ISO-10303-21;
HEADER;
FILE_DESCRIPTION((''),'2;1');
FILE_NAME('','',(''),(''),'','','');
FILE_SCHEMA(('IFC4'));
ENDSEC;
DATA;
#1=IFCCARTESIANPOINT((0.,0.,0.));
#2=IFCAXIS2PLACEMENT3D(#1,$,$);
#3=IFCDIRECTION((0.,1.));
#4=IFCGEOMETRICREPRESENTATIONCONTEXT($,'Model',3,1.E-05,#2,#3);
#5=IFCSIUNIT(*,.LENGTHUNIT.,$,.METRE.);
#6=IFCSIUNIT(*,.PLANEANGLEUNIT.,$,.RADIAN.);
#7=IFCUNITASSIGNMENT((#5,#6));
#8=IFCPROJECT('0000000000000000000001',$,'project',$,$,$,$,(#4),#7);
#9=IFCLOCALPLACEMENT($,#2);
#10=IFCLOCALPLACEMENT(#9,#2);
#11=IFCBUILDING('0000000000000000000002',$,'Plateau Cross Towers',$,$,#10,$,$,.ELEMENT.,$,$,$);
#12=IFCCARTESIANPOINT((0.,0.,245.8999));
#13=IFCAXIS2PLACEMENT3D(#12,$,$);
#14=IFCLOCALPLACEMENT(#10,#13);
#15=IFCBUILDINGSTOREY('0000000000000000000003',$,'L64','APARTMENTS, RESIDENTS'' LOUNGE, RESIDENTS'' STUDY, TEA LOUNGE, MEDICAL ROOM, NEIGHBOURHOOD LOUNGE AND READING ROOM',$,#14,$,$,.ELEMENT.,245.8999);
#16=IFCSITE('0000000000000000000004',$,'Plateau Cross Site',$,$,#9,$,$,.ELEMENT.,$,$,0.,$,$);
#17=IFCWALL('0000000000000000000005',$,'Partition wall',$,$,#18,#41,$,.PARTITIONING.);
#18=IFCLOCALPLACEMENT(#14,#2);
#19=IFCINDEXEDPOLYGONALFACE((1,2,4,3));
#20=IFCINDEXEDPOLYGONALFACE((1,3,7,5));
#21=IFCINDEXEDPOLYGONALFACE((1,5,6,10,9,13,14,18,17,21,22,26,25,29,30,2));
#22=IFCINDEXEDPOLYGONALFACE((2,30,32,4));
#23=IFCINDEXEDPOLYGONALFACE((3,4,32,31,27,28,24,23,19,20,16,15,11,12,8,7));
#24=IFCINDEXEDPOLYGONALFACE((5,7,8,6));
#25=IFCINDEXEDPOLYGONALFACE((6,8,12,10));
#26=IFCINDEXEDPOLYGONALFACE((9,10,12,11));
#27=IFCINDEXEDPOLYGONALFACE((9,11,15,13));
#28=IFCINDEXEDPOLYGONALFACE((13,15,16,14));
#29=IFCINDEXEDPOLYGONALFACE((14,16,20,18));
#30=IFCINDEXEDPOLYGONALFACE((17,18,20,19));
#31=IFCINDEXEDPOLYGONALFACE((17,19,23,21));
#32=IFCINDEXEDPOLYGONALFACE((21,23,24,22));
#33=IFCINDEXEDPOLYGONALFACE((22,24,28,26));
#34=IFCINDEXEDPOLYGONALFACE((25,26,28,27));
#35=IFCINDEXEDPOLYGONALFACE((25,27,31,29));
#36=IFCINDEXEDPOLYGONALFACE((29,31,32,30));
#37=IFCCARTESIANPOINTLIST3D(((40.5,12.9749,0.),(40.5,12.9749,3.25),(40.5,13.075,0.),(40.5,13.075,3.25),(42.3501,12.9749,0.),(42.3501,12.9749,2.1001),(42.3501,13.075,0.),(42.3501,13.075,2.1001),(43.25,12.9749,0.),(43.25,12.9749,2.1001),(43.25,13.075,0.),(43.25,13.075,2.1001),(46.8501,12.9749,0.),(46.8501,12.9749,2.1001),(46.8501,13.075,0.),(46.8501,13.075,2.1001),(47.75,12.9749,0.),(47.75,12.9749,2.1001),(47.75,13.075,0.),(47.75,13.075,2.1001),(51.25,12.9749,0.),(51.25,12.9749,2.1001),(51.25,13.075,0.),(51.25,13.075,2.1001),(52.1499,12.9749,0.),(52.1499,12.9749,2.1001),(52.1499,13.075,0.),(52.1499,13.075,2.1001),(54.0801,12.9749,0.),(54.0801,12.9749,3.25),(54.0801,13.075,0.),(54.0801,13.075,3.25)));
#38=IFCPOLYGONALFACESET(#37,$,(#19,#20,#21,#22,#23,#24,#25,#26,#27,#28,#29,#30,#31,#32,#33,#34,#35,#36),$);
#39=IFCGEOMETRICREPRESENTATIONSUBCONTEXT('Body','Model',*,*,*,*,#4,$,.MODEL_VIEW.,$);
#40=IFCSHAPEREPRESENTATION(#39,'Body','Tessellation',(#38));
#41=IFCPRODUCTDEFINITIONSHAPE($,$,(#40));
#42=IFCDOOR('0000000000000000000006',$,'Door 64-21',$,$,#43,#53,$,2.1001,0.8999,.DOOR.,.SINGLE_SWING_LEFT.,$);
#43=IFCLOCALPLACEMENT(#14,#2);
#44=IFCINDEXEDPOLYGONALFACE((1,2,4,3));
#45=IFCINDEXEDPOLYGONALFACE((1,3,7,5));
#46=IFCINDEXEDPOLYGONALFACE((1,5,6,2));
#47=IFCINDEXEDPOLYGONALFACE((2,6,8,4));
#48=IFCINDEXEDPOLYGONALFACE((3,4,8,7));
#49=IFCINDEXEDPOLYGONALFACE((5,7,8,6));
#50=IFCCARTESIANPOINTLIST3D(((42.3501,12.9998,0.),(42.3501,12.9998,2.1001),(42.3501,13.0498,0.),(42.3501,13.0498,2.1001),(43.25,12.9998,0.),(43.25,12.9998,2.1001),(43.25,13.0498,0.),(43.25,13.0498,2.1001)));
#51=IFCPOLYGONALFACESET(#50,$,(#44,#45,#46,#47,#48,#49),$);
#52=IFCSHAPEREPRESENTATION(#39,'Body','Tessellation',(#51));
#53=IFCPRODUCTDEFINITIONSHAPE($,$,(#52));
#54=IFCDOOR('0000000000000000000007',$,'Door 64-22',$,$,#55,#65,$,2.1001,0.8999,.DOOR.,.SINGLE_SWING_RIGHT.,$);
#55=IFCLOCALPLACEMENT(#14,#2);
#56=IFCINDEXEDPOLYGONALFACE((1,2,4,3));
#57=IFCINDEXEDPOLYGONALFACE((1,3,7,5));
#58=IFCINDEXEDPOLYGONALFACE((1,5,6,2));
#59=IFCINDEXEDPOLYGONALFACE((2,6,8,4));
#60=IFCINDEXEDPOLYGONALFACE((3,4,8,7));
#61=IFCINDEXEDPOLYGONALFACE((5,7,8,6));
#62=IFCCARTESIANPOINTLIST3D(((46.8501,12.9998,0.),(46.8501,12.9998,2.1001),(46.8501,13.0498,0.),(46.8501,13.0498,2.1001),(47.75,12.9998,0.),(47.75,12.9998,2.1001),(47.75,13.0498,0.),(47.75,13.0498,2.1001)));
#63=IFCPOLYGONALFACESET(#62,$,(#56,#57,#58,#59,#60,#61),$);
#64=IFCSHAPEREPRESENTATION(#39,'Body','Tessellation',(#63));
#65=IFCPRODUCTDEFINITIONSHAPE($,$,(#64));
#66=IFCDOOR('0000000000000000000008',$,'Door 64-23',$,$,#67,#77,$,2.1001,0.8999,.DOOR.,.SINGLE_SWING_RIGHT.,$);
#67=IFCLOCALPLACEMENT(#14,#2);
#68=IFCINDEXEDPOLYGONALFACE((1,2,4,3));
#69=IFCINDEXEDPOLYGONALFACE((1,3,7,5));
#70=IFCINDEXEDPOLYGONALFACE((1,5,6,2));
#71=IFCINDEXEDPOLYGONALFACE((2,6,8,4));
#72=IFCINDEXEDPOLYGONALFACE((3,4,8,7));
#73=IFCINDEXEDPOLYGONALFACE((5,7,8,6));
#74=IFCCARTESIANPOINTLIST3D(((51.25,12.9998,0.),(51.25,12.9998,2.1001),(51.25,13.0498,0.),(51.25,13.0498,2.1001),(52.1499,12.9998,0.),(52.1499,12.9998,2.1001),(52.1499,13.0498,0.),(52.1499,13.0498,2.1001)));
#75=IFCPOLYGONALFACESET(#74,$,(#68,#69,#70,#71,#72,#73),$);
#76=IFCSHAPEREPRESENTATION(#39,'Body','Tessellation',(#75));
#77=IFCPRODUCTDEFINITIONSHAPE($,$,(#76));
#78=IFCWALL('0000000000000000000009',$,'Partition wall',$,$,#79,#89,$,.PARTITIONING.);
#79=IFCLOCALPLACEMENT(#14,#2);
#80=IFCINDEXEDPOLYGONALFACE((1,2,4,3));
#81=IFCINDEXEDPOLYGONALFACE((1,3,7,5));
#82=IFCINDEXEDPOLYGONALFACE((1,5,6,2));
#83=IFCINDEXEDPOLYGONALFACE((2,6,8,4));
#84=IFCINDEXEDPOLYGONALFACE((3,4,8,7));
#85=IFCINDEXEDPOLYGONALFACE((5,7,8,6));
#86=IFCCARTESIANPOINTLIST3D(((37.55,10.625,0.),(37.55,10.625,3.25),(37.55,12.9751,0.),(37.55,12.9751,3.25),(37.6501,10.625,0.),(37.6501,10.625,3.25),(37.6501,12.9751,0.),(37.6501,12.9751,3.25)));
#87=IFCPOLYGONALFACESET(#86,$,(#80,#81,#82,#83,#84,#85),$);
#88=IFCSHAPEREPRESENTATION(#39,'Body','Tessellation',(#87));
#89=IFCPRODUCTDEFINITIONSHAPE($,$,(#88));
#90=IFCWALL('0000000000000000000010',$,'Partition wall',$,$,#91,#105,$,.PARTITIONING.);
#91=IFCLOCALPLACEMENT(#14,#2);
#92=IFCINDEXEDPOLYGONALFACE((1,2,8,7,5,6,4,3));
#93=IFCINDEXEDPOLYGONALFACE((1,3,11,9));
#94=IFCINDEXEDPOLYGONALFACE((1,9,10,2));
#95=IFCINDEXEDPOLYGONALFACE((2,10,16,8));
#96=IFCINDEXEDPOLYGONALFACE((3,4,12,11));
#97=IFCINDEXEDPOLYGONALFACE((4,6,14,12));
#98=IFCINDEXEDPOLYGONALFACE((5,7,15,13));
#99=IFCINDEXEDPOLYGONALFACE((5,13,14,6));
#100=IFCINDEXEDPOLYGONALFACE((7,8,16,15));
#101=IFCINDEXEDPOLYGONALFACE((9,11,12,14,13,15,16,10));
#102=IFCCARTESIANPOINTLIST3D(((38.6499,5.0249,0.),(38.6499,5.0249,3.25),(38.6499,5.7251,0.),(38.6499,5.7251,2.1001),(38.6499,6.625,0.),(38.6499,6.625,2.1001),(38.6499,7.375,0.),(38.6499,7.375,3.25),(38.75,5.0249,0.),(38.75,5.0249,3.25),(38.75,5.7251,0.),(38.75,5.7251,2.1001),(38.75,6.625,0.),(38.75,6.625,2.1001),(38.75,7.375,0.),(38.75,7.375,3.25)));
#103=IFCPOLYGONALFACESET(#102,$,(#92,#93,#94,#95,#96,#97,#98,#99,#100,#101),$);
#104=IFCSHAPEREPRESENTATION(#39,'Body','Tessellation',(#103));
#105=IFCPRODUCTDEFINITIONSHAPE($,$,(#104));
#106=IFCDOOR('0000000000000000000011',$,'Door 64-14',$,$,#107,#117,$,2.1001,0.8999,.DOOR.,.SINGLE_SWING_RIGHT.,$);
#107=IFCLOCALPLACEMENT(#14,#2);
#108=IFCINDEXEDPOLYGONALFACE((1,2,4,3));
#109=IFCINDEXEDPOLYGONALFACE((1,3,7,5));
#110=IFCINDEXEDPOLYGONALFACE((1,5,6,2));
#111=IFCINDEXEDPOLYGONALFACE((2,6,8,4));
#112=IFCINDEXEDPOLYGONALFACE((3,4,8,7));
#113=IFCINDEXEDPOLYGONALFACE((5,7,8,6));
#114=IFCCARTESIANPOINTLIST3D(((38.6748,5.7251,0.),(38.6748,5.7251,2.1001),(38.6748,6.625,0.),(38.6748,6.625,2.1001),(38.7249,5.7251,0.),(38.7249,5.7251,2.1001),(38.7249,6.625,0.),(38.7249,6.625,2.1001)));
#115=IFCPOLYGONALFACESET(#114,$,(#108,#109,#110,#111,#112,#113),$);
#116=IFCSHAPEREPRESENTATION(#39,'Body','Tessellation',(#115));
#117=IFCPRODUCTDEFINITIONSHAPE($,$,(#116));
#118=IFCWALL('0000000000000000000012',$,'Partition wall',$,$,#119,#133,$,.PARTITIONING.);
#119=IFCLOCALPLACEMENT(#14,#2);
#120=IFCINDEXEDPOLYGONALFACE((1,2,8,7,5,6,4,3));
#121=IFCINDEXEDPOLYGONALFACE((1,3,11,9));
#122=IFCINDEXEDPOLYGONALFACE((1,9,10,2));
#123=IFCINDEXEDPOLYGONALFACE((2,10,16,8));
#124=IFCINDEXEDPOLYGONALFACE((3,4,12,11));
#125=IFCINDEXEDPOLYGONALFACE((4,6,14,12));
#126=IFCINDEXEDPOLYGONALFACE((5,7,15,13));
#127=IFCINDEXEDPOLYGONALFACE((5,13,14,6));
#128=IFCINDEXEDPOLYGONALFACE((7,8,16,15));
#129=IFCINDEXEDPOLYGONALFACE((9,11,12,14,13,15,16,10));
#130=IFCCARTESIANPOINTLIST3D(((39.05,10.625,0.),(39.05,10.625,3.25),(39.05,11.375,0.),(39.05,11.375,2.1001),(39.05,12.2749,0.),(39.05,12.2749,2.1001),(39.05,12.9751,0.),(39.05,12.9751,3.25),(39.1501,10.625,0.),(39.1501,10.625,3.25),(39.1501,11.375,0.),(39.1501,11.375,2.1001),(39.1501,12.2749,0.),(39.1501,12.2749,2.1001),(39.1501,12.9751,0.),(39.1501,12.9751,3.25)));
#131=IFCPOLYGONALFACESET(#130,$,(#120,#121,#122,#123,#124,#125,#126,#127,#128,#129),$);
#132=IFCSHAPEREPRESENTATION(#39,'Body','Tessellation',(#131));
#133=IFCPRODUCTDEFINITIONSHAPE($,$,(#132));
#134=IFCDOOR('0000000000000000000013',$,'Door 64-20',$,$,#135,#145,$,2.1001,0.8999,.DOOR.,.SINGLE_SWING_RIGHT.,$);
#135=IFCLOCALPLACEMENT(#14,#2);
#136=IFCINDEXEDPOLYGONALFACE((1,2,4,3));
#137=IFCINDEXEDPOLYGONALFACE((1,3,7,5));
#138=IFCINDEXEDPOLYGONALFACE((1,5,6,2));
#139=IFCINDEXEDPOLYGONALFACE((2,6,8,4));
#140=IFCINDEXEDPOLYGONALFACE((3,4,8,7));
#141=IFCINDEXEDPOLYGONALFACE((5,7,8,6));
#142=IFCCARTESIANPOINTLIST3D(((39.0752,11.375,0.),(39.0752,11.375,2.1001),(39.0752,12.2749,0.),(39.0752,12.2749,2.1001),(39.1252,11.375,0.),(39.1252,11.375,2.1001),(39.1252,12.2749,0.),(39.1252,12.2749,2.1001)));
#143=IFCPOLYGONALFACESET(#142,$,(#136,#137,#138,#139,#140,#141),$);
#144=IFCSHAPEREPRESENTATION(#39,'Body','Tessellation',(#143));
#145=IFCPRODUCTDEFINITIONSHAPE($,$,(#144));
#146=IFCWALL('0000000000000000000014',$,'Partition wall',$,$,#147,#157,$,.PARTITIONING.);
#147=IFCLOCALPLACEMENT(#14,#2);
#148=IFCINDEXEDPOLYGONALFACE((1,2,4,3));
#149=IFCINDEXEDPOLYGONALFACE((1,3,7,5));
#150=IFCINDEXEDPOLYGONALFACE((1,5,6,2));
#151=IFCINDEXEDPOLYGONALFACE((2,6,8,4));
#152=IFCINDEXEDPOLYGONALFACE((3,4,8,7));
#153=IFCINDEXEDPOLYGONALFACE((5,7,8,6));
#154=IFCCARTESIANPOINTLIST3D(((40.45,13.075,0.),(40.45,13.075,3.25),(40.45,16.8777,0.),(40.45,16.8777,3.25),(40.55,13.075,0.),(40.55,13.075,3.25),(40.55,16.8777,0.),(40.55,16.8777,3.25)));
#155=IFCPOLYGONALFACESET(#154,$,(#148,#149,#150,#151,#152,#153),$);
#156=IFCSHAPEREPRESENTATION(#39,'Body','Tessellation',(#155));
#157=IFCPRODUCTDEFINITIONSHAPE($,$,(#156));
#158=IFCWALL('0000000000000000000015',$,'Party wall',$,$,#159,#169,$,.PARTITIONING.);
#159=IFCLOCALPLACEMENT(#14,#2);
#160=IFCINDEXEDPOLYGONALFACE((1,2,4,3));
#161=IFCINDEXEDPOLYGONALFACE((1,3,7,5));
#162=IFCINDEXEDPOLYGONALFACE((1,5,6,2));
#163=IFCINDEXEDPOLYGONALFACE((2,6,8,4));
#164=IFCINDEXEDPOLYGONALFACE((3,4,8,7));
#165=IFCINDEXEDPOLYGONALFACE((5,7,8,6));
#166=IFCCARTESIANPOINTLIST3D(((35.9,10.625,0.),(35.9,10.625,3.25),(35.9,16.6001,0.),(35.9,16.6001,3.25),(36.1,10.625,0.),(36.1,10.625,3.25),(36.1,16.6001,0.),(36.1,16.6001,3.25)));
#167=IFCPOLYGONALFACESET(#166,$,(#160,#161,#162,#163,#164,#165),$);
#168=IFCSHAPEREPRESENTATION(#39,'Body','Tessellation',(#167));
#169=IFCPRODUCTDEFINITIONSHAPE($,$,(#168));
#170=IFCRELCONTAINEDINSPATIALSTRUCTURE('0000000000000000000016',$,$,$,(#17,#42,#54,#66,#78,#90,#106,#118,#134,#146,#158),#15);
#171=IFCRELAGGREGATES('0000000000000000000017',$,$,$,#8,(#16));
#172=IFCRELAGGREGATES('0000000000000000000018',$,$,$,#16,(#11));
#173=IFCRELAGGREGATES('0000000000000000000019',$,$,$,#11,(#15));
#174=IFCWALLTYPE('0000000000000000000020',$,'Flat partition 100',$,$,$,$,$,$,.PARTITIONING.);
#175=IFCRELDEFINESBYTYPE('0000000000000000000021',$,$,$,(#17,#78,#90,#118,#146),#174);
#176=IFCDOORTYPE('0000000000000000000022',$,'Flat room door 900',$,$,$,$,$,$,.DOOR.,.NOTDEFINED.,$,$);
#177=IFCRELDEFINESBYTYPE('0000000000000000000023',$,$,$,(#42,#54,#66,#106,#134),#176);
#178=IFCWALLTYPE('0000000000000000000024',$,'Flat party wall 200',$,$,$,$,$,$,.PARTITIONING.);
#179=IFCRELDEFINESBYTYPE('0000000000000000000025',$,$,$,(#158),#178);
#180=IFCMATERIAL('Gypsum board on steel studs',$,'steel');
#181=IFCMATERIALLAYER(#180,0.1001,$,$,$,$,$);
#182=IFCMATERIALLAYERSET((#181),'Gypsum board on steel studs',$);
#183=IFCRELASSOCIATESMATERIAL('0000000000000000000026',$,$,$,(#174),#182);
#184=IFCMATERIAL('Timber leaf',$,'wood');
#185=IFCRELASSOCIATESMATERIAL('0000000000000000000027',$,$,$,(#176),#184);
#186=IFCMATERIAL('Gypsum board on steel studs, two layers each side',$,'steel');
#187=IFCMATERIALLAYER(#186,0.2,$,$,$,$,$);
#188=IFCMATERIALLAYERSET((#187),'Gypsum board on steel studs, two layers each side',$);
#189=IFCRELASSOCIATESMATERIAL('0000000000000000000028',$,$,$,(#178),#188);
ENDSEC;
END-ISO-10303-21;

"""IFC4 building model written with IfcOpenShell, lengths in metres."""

from ifc_helpers import new_model, si_unit, direction, frame, frame_2d, origin, place, context, subcontext, project, spatial, rectangle, extrude, material, layer, layer_set, type_object, element, fill, save


model = new_model("IFC4")

# Units and contexts
model_context = context("Model", 3, precision=1e-05, world=origin(), true_north=direction((0.0, 1.0)))
body_context = subcontext(model_context, "Body", "Model", "MODEL_VIEW")
ifc_project = project(units=[si_unit("LENGTHUNIT", "METRE"), si_unit("PLANEANGLEUNIT", "RADIAN")], contexts=[model_context])

# Site, building, storey
site_placement = place(None, origin())
site = spatial("IfcSite", under=ifc_project, at=site_placement, Name="Plateau Cross Site", CompositionType="ELEMENT", RefElevation=0.0)
building_placement = place(site_placement, origin())
building = spatial("IfcBuilding", under=site, at=building_placement, Name="Plateau Cross Towers", CompositionType="ELEMENT")
storey_placement = place(building_placement, frame((0.0, 0.0, 245.8999)))
storey = spatial("IfcBuildingStorey", under=building, at=storey_placement, Name="L64", Description="APARTMENTS, RESIDENTS' LOUNGE, RESIDENTS' STUDY, TEA LOUNGE, MEDICAL ROOM, NEIGHBOURHOOD LOUNGE AND READING ROOM", CompositionType="ELEMENT", Elevation=245.8999)

# Shared definitions
ifc_material_1 = material(Name="Gypsum board on steel studs", Category="steel")
ifc_layer_1 = layer(ifc_material_1, 0.1001)
ifc_layer_set_1 = layer_set([ifc_layer_1], Name="Gypsum board on steel studs")
wall_type_1 = type_object("IfcWallType", Name="Flat partition 100", PredefinedType="PARTITIONING", material=ifc_layer_set_1)
ifc_material_2 = material(Name="Timber leaf", Category="wood")
door_type = type_object("IfcDoorType", Name="Flat room door 900", OperationType="NOTDEFINED", PredefinedType="DOOR", material=ifc_material_2)

# Wall, openings, doors
wall_1_placement = place(storey_placement, frame((40.5, 13.0249, 0.0), z_axis=(0.0, 0.0, 1.0), x_axis=(1.0, 0.0, 0.0)))
wall_1 = element("IfcWall", 1, at=wall_1_placement, inside=storey, type_object=wall_type_1, Name="Partition wall", PredefinedType="PARTITIONING", context=body_context, shape_type="SweptSolid", body=[
    extrude(rectangle(XDim=13.5801, YDim=0.1001, at=frame_2d((6.79, 0.0))), origin(), (0.0, 0.0, 1.0), 3.25),
])
opening_1_placement = place(wall_1_placement, frame((1.8501, 0.0, 0.0)))
opening_1 = element("IfcOpeningElement", 2, at=opening_1_placement, cuts=wall_1, PredefinedType="OPENING", context=body_context, shape_type="SweptSolid", body=[
    extrude(rectangle(XDim=0.8999, YDim=2.1001, at=frame_2d((0.45, 1.05))), frame((0.0, 0.0601, 0.0), z_axis=(0.0, -1.0, 0.0), x_axis=(1.0, 0.0, 0.0)), (0.0, 0.0, 1.0), 0.1201),
])
opening_2_placement = place(wall_1_placement, frame((6.3501, 0.0, 0.0)))
opening_2 = element("IfcOpeningElement", 3, at=opening_2_placement, cuts=wall_1, PredefinedType="OPENING", context=body_context, shape_type="SweptSolid", body=[
    extrude(rectangle(XDim=0.8999, YDim=2.1001, at=frame_2d((0.45, 1.05))), frame((0.0, 0.0601, 0.0), z_axis=(0.0, -1.0, 0.0), x_axis=(1.0, 0.0, 0.0)), (0.0, 0.0, 1.0), 0.1201),
])
opening_3_placement = place(wall_1_placement, frame((10.75, 0.0, 0.0)))
opening_3 = element("IfcOpeningElement", 4, at=opening_3_placement, cuts=wall_1, PredefinedType="OPENING", context=body_context, shape_type="SweptSolid", body=[
    extrude(rectangle(XDim=0.8999, YDim=2.1001, at=frame_2d((0.45, 1.05))), frame((0.0, 0.0601, 0.0), z_axis=(0.0, -1.0, 0.0), x_axis=(1.0, 0.0, 0.0)), (0.0, 0.0, 1.0), 0.1201),
])
door_1_placement = place(opening_1_placement, origin())
door_1 = element("IfcDoor", 5, at=door_1_placement, inside=storey, type_object=door_type, Name="Door 64-21", OperationType="SINGLE_SWING_LEFT", OverallHeight=2.1001, OverallWidth=0.8999, PredefinedType="DOOR", context=body_context, shape_type="SweptSolid", body=[
    extrude(rectangle(XDim=0.8999, YDim=2.1001, at=frame_2d((0.45, 1.05))), frame((0.0, 0.0249, 0.0), z_axis=(0.0, -1.0, 0.0), x_axis=(1.0, 0.0, 0.0)), (0.0, 0.0, 1.0), 0.05),
])
fill(opening_1, door_1)
door_2_placement = place(opening_2_placement, origin())
door_2 = element("IfcDoor", 6, at=door_2_placement, inside=storey, type_object=door_type, Name="Door 64-22", OperationType="SINGLE_SWING_RIGHT", OverallHeight=2.1001, OverallWidth=0.8999, PredefinedType="DOOR", context=body_context, shape_type="SweptSolid", body=[
    extrude(rectangle(XDim=0.8999, YDim=2.1001, at=frame_2d((0.45, 1.05))), frame((0.0, 0.0249, 0.0), z_axis=(0.0, -1.0, 0.0), x_axis=(1.0, 0.0, 0.0)), (0.0, 0.0, 1.0), 0.05),
])
fill(opening_2, door_2)
door_3_placement = place(opening_3_placement, origin())
door_3 = element("IfcDoor", 7, at=door_3_placement, inside=storey, type_object=door_type, Name="Door 64-23", OperationType="SINGLE_SWING_RIGHT", OverallHeight=2.1001, OverallWidth=0.8999, PredefinedType="DOOR", context=body_context, shape_type="SweptSolid", body=[
    extrude(rectangle(XDim=0.8999, YDim=2.1001, at=frame_2d((0.45, 1.05))), frame((0.0, 0.0249, 0.0), z_axis=(0.0, -1.0, 0.0), x_axis=(1.0, 0.0, 0.0)), (0.0, 0.0, 1.0), 0.05),
])
fill(opening_3, door_3)

# Wall
wall_2_placement = place(storey_placement, frame((37.6001, 10.625, 0.0), z_axis=(0.0, 0.0, 1.0), x_axis=(0.0, 1.0, 0.0)))
element("IfcWall", 8, at=wall_2_placement, inside=storey, type_object=wall_type_1, Name="Partition wall", PredefinedType="PARTITIONING", context=body_context, shape_type="SweptSolid", body=[
    extrude(rectangle(XDim=2.3501, YDim=0.1001, at=frame_2d((1.175, 0.0))), origin(), (0.0, 0.0, 1.0), 3.25),
])

# Walls, openings, doors
wall_3_placement = place(storey_placement, frame((38.7, 7.375, 0.0), z_axis=(0.0, 0.0, 1.0), x_axis=(0.0, -1.0, 0.0)))
wall_3 = element("IfcWall", 9, at=wall_3_placement, inside=storey, type_object=wall_type_1, Name="Partition wall", PredefinedType="PARTITIONING", context=body_context, shape_type="SweptSolid", body=[
    extrude(rectangle(XDim=2.3501, YDim=0.1001, at=frame_2d((1.175, 0.0))), origin(), (0.0, 0.0, 1.0), 3.25),
])
opening_4_placement = place(wall_3_placement, frame((0.75, 0.0, 0.0)))
opening_4 = element("IfcOpeningElement", 10, at=opening_4_placement, cuts=wall_3, PredefinedType="OPENING", context=body_context, shape_type="SweptSolid", body=[
    extrude(rectangle(XDim=0.8999, YDim=2.1001, at=frame_2d((0.45, 1.05))), frame((0.0, 0.0601, 0.0), z_axis=(0.0, -1.0, 0.0), x_axis=(1.0, 0.0, 0.0)), (0.0, 0.0, 1.0), 0.1201),
])
door_4_placement = place(opening_4_placement, origin())
door_4 = element("IfcDoor", 11, at=door_4_placement, inside=storey, type_object=door_type, Name="Door 64-14", OperationType="SINGLE_SWING_RIGHT", OverallHeight=2.1001, OverallWidth=0.8999, PredefinedType="DOOR", context=body_context, shape_type="SweptSolid", body=[
    extrude(rectangle(XDim=0.8999, YDim=2.1001, at=frame_2d((0.45, 1.05))), frame((0.0, 0.0249, 0.0), z_axis=(0.0, -1.0, 0.0), x_axis=(1.0, 0.0, 0.0)), (0.0, 0.0, 1.0), 0.05),
])
fill(opening_4, door_4)
wall_4_placement = place(storey_placement, frame((39.1001, 10.625, 0.0), z_axis=(0.0, 0.0, 1.0), x_axis=(0.0, 1.0, 0.0)))
wall_4 = element("IfcWall", 12, at=wall_4_placement, inside=storey, type_object=wall_type_1, Name="Partition wall", PredefinedType="PARTITIONING", context=body_context, shape_type="SweptSolid", body=[
    extrude(rectangle(XDim=2.3501, YDim=0.1001, at=frame_2d((1.175, 0.0))), origin(), (0.0, 0.0, 1.0), 3.25),
])
opening_5_placement = place(wall_4_placement, frame((0.75, 0.0, 0.0)))
opening_5 = element("IfcOpeningElement", 13, at=opening_5_placement, cuts=wall_4, PredefinedType="OPENING", context=body_context, shape_type="SweptSolid", body=[
    extrude(rectangle(XDim=0.8999, YDim=2.1001, at=frame_2d((0.45, 1.05))), frame((0.0, 0.0601, 0.0), z_axis=(0.0, -1.0, 0.0), x_axis=(1.0, 0.0, 0.0)), (0.0, 0.0, 1.0), 0.1201),
])
door_5_placement = place(opening_5_placement, origin())
door_5 = element("IfcDoor", 14, at=door_5_placement, inside=storey, type_object=door_type, Name="Door 64-20", OperationType="SINGLE_SWING_RIGHT", OverallHeight=2.1001, OverallWidth=0.8999, PredefinedType="DOOR", context=body_context, shape_type="SweptSolid", body=[
    extrude(rectangle(XDim=0.8999, YDim=2.1001, at=frame_2d((0.45, 1.05))), frame((0.0, 0.0249, 0.0), z_axis=(0.0, -1.0, 0.0), x_axis=(1.0, 0.0, 0.0)), (0.0, 0.0, 1.0), 0.05),
])
fill(opening_5, door_5)

# Walls
wall_5_placement = place(storey_placement, frame((40.5, 16.8777, 0.0), z_axis=(0.0, 0.0, 1.0), x_axis=(0.0, -1.0, 0.0)))
element("IfcWall", 15, at=wall_5_placement, inside=storey, type_object=wall_type_1, Name="Partition wall", PredefinedType="PARTITIONING", context=body_context, shape_type="SweptSolid", body=[
    extrude(rectangle(XDim=3.8027, YDim=0.1001, at=frame_2d((1.9014, 0.0))), origin(), (0.0, 0.0, 1.0), 3.25),
])
ifc_material_3 = material(Name="Gypsum board on steel studs, two layers each side", Category="steel")
ifc_layer_2 = layer(ifc_material_3, 0.2)
ifc_layer_set_2 = layer_set([ifc_layer_2], Name="Gypsum board on steel studs, two layers each side")
wall_type_2 = type_object("IfcWallType", Name="Flat party wall 200", PredefinedType="PARTITIONING", material=ifc_layer_set_2)
wall_6_placement = place(storey_placement, frame((36.0, 10.625, 0.0), z_axis=(0.0, 0.0, 1.0), x_axis=(0.0, 1.0, 0.0)))
element("IfcWall", 16, at=wall_6_placement, inside=storey, type_object=wall_type_2, Name="Party wall", PredefinedType="PARTITIONING", context=body_context, shape_type="SweptSolid", body=[
    extrude(rectangle(XDim=5.9751, YDim=0.2, at=frame_2d((2.9875, 0.0))), origin(), (0.0, 0.0, 1.0), 3.25),
])

save(model, "model.ifc")
